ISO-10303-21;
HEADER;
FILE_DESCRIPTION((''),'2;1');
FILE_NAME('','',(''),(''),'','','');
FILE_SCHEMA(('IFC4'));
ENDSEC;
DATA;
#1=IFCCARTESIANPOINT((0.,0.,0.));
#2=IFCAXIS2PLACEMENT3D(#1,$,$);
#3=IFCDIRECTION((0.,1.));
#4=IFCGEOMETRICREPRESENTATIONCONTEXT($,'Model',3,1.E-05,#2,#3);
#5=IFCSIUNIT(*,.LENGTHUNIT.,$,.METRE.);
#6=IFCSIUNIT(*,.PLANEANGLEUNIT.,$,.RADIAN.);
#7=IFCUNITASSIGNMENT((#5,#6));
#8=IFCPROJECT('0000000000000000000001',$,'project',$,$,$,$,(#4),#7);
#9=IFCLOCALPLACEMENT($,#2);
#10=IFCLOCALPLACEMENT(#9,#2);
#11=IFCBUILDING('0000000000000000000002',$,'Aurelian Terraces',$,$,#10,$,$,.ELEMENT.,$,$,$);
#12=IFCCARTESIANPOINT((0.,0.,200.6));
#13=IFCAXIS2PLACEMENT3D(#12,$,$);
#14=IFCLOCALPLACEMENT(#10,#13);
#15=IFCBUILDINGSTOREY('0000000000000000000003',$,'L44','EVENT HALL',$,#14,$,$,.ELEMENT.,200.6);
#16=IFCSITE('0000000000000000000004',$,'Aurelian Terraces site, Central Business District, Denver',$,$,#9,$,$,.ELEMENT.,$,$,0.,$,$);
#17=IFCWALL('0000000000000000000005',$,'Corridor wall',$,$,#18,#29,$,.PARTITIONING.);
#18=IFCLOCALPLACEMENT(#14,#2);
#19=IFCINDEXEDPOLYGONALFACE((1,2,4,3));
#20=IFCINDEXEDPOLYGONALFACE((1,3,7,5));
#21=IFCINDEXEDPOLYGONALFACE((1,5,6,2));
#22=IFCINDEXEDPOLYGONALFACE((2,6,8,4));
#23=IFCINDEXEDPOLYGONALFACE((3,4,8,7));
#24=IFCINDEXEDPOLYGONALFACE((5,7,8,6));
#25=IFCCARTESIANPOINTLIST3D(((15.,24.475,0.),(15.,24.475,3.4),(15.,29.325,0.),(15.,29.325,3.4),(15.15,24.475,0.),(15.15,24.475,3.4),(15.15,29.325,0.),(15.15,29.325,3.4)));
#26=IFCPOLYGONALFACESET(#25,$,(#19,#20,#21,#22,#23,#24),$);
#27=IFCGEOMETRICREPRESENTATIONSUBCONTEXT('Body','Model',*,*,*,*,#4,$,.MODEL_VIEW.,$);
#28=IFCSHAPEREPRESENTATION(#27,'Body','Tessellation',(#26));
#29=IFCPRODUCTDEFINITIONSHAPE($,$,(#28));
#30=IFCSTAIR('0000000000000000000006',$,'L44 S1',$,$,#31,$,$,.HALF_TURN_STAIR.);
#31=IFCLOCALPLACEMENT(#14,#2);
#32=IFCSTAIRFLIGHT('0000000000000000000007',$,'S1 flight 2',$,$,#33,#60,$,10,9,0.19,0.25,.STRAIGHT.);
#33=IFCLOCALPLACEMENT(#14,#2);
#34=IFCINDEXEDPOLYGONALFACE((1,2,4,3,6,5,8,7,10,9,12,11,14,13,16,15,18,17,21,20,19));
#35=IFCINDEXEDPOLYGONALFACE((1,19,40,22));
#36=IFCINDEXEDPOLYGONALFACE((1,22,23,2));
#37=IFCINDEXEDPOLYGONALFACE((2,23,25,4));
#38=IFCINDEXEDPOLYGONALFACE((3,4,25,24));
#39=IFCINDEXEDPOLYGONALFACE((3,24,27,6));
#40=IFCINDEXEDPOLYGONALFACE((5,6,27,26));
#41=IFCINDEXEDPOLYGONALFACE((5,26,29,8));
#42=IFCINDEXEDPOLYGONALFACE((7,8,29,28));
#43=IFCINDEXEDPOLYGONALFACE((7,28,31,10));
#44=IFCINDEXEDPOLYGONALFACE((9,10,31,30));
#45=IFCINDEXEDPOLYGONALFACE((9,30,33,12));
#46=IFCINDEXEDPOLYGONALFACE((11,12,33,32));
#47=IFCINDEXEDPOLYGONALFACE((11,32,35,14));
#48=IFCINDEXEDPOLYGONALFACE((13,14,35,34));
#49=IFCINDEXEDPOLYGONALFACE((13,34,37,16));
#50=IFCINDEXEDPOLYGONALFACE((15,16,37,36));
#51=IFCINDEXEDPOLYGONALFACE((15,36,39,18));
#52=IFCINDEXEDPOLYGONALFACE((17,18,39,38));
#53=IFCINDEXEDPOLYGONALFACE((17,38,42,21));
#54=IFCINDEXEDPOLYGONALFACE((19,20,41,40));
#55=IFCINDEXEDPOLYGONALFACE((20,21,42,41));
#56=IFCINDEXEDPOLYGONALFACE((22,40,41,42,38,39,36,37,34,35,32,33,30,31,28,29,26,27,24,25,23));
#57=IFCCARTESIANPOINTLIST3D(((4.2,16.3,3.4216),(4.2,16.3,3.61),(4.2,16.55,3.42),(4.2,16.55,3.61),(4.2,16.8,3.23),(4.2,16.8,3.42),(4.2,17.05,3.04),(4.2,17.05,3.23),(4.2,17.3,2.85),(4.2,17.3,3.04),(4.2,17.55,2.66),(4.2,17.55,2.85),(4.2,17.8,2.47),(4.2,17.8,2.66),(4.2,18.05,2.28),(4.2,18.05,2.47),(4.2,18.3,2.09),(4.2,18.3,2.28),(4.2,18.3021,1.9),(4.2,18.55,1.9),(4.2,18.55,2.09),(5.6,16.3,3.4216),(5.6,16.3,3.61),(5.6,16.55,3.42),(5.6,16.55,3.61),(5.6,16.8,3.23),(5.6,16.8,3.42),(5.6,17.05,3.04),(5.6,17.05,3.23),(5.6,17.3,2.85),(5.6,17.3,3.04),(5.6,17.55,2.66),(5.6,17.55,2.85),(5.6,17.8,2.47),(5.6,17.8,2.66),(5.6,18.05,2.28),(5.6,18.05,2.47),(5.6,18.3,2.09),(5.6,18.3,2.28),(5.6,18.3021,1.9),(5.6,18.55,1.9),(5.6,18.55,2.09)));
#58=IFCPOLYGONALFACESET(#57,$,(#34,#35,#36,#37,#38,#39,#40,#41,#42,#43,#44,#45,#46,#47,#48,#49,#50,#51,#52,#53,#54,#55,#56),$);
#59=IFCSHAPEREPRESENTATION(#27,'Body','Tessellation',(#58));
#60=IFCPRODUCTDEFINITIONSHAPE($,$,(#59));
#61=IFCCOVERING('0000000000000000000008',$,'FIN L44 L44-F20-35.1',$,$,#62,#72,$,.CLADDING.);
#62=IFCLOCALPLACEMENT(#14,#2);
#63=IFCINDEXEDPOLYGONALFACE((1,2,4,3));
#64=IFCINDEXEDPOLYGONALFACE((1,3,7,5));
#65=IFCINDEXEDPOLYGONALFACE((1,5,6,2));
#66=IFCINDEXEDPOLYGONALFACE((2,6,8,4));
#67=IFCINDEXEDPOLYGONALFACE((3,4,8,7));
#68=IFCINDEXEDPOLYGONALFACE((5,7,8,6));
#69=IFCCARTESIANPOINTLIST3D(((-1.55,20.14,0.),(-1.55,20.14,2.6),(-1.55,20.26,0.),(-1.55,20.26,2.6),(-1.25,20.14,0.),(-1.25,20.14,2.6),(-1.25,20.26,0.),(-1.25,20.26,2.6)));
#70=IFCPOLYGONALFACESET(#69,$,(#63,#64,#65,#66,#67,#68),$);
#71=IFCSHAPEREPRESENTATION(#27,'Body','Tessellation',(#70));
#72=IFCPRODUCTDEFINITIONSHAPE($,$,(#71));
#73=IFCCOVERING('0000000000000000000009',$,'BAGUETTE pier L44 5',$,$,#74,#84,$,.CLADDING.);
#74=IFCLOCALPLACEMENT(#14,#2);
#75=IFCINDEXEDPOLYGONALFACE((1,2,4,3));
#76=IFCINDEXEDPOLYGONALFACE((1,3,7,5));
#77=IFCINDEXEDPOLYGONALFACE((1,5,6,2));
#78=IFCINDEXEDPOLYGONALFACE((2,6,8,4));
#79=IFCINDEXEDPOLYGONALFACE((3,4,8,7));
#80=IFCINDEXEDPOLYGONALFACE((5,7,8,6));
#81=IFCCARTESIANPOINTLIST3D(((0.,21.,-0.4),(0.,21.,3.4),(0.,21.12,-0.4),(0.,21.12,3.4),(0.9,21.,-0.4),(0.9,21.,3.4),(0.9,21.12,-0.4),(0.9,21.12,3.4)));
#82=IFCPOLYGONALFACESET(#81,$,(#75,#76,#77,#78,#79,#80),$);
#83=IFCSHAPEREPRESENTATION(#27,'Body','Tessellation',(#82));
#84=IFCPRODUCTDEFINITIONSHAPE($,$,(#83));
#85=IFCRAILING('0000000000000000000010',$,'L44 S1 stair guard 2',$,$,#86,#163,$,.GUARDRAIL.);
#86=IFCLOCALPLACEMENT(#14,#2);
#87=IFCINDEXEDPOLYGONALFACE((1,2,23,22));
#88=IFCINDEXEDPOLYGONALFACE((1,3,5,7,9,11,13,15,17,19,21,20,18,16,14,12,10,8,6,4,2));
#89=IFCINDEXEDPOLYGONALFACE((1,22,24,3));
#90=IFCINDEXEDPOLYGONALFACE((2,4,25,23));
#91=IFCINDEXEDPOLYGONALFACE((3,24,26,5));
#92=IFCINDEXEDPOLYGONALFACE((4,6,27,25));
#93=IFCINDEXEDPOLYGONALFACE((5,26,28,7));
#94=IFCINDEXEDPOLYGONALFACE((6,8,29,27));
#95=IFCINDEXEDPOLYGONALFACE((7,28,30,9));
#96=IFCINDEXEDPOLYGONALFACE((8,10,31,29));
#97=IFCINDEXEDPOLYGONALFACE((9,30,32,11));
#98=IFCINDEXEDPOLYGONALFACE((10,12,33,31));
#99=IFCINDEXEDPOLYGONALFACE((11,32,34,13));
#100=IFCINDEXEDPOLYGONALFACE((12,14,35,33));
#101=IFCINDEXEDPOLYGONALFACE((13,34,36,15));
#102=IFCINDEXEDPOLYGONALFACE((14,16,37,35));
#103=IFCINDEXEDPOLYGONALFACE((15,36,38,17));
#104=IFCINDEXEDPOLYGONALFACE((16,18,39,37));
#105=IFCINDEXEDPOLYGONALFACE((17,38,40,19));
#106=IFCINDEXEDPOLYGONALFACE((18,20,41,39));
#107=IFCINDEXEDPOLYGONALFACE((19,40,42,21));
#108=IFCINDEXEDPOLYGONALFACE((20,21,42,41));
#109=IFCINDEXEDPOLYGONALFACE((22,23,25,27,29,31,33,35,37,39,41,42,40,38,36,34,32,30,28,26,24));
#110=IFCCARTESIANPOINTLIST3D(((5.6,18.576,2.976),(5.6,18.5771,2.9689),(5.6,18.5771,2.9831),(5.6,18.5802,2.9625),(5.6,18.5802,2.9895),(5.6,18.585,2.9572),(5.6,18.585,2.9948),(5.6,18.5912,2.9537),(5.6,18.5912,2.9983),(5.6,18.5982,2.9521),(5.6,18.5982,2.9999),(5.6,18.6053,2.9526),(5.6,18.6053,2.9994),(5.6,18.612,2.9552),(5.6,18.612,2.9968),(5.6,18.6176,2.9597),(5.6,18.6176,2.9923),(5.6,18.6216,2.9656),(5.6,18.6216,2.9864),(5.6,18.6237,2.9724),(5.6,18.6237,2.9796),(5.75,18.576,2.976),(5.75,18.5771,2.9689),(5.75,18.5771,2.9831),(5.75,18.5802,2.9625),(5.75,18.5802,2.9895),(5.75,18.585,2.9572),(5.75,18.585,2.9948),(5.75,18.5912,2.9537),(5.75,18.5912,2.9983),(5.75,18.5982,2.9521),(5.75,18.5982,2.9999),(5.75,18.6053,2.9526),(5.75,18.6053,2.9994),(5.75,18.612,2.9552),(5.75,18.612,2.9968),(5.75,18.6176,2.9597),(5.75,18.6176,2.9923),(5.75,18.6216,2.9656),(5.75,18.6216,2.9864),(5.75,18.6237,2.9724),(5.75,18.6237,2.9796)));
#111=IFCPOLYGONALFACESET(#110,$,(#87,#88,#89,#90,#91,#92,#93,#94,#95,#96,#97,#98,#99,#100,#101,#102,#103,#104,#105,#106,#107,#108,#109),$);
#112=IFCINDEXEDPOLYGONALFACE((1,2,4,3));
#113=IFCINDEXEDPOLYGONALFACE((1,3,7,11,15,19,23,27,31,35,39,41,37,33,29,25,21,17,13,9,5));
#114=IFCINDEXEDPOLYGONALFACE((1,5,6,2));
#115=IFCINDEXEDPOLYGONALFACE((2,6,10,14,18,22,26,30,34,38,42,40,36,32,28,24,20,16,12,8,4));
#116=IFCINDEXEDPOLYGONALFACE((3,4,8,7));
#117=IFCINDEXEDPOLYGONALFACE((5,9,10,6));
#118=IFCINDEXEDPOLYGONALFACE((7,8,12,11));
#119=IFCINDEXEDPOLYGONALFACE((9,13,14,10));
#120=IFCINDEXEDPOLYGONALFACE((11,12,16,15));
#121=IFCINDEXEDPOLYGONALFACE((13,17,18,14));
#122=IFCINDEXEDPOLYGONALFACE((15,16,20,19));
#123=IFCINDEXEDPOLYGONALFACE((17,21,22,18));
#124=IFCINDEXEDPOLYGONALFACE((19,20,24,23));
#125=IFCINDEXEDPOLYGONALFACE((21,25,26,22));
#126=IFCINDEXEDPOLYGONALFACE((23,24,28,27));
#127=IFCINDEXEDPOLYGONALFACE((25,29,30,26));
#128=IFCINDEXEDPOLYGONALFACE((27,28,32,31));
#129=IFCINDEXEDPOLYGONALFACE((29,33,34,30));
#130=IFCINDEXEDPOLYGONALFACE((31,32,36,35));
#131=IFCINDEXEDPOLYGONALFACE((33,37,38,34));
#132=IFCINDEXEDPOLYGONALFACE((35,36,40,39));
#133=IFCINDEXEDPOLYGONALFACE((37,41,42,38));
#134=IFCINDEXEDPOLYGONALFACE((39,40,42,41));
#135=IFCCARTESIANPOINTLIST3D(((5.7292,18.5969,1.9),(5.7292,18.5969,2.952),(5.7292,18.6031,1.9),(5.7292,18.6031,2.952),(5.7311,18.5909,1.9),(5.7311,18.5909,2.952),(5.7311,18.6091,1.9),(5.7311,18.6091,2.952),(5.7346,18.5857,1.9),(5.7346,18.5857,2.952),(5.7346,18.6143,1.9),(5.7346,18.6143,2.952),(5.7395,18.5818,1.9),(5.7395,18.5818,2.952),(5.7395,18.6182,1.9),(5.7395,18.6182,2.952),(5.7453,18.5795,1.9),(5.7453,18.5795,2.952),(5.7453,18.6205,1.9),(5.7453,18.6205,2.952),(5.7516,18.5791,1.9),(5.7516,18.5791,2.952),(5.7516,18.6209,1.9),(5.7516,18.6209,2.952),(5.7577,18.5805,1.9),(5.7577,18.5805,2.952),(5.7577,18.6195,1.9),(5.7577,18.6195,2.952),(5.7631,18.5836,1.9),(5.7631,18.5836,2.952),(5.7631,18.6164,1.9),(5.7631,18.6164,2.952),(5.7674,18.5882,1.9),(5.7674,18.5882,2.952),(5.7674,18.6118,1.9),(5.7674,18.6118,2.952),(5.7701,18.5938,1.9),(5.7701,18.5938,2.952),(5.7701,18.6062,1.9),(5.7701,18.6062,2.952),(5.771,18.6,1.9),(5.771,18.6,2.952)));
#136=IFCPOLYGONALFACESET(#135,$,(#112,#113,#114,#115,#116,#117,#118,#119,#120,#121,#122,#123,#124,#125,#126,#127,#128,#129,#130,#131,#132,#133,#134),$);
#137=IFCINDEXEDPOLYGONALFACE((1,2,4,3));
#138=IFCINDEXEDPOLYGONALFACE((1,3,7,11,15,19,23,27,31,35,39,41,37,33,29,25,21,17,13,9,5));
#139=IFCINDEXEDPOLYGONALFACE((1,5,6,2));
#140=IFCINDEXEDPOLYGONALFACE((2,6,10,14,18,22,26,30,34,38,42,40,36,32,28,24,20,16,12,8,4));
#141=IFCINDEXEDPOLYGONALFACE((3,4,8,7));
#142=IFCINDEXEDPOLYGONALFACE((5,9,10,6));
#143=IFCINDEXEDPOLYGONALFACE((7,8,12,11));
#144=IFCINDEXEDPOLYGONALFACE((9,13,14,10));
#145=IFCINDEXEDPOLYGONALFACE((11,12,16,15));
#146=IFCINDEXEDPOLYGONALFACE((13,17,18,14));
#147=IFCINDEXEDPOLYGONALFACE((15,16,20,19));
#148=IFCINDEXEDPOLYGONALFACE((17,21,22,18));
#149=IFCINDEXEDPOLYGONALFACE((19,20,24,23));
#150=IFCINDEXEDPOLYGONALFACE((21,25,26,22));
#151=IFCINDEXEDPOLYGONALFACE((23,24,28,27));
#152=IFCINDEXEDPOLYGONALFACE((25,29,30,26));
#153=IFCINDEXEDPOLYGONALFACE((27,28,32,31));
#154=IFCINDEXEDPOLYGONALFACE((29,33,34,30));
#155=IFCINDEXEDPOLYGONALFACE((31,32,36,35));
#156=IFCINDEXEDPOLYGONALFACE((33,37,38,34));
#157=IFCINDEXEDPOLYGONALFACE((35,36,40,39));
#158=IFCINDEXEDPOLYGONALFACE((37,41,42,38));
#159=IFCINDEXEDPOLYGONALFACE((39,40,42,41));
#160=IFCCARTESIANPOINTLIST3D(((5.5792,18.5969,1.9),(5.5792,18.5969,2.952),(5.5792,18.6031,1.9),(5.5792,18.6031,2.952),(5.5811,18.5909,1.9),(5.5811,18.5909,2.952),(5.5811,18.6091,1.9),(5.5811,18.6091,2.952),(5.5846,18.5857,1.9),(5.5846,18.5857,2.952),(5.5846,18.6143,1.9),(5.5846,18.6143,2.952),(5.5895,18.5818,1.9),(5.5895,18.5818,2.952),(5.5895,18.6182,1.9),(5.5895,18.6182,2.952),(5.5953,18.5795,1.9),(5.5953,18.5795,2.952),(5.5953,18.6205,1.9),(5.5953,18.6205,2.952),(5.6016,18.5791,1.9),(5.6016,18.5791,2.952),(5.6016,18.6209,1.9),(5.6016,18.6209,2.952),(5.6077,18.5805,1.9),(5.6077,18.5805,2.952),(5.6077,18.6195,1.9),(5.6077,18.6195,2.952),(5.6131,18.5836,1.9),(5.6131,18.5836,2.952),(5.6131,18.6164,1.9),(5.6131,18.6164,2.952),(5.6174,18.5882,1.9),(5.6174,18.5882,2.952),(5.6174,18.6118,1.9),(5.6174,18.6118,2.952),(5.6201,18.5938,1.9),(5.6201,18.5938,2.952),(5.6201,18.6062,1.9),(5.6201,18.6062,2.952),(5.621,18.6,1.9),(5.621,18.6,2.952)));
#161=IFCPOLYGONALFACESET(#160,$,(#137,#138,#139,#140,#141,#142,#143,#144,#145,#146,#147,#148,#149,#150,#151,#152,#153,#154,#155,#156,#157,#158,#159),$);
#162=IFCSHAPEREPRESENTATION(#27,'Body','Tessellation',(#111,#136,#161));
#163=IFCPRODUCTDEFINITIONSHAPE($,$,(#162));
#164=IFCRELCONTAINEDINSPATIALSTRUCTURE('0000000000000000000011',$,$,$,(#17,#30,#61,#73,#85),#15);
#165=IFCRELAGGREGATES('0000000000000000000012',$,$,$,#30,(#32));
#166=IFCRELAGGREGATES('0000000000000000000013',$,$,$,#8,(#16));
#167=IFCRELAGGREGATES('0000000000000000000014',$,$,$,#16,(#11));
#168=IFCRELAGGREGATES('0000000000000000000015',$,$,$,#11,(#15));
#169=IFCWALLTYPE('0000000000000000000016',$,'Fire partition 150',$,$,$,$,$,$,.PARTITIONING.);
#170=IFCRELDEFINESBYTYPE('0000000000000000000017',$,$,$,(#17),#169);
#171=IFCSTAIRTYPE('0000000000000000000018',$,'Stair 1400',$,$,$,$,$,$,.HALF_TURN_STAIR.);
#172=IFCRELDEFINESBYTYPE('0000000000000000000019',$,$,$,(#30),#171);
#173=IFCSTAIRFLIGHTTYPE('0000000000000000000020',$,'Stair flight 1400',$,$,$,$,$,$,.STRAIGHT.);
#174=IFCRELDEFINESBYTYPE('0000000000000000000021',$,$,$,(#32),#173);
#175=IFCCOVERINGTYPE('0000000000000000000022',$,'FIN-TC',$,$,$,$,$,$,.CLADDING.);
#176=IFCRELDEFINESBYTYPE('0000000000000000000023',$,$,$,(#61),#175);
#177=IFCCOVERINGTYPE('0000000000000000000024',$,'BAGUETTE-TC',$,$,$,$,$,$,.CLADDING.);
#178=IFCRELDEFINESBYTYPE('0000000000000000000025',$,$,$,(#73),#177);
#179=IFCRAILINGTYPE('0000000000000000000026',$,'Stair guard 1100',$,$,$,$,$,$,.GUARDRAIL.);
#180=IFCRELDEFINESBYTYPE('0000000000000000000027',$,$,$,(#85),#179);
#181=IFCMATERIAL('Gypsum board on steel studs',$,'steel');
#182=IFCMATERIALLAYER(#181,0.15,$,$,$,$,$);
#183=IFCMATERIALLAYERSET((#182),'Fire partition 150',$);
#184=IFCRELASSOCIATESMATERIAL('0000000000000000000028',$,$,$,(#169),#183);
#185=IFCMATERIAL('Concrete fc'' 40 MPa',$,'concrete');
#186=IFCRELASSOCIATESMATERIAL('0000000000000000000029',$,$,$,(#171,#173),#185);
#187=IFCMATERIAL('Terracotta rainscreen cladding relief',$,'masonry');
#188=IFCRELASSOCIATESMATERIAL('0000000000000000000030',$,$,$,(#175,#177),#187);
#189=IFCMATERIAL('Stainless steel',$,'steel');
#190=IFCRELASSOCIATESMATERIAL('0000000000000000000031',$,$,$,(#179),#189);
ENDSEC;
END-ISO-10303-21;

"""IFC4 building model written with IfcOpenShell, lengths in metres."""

from ifc_helpers import new_model, si_unit, direction, frame, frame_2d, origin, origin_2d, place, context, subcontext, project, spatial, polyline, rectangle, circle, outline, extrude, source, transform, mapped, material, layer, layer_set, type_object, element, aggregate, save


model = new_model("IFC4")

# Units and contexts
model_context = context("Model", 3, precision=1e-05, world=origin(), true_north=direction((0.0, 1.0)))
body_context = subcontext(model_context, "Body", "Model", "MODEL_VIEW")
ifc_project = project(units=[si_unit("LENGTHUNIT", "METRE"), si_unit("PLANEANGLEUNIT", "RADIAN")], contexts=[model_context])

# Site, building, storey
site_placement = place(None, origin())
site = spatial("IfcSite", under=ifc_project, at=site_placement, Name="Aurelian Terraces site, Central Business District, Denver", CompositionType="ELEMENT", RefElevation=0.0)
building_placement = place(site_placement, origin())
building = spatial("IfcBuilding", under=site, at=building_placement, Name="Aurelian Terraces", CompositionType="ELEMENT")
storey_placement = place(building_placement, frame((0.0, 0.0, 200.6)))
storey = spatial("IfcBuildingStorey", under=building, at=storey_placement, Name="L44", Description="EVENT HALL", CompositionType="ELEMENT", Elevation=200.6)

# Shared definitions
ifc_material_1 = material(Name="Gypsum board on steel studs", Category="steel")

# Wall
shared_shape_1 = source(origin(), body_context, "Body", "SweptSolid", [
    extrude(rectangle(XDim=4.85, YDim=0.15, at=frame_2d((2.425, 0.0))), origin(), (0.0, 0.0, 1.0), 3.4),
])
ifc_layer_1 = layer(ifc_material_1, 0.15)
ifc_layer_set_1 = layer_set([ifc_layer_1], Name="Fire partition 150")
wall_type_1 = type_object("IfcWallType", Name="Fire partition 150", PredefinedType="PARTITIONING", material=ifc_layer_set_1)
wall_1_placement = place(storey_placement, frame((15.075, 24.475, 0.0), z_axis=(0.0, 0.0, 1.0), x_axis=(0.0, 1.0, 0.0)))
element("IfcWall", 1, at=wall_1_placement, inside=storey, type_object=wall_type_1, Name="Corridor wall", PredefinedType="PARTITIONING", context=body_context, shape_type="MappedRepresentation", body=[
    mapped(shared_shape_1, transform((0.0, 0.0, 0.0), scale=1.0)),
])

# Stair, stair flight
ifc_material_2 = material(Name="Concrete fc' 40 MPa", Category="concrete")
stair_type = type_object("IfcStairType", Name="Stair 1400", PredefinedType="HALF_TURN_STAIR", material=ifc_material_2)
stair_placement = place(storey_placement, origin())
stair = element("IfcStair", 2, at=stair_placement, inside=storey, type_object=stair_type, Name="L44 S1", PredefinedType="HALF_TURN_STAIR")
stair_flight_type = type_object("IfcStairFlightType", Name="Stair flight 1400", PredefinedType="STRAIGHT", material=ifc_material_2)
shared_shape_2 = source(origin(), body_context, "Body", "SweptSolid", [
    extrude(outline(polyline([(0.0, 0.0), (0.0, 0.19), (0.25, 0.19), (0.25, 0.38), (0.5, 0.38), (0.5, 0.57), (0.75, 0.57), (0.75, 0.76), (1.0, 0.76), (1.0, 0.95), (1.25, 0.95), (1.25, 1.14), (1.5, 1.14), (1.5, 1.33), (1.75, 1.33), (1.75, 1.52), (2.0, 1.52), (2.0, 1.71), (2.25, 1.71), (2.25, 1.9), (2.25, 1.5216), (0.2479, 0.0), (0.0, 0.0)])), frame((0.0, 0.7, 0.0), z_axis=(0.0, -1.0, 0.0), x_axis=(1.0, 0.0, 0.0)), (0.0, 0.0, 1.0), 1.4),
])
stair_flight_placement = place(storey_placement, frame((4.9, 18.55, 1.9), z_axis=(0.0, 0.0, 1.0), x_axis=(0.0, -1.0, 0.0)))
stair_flight = element("IfcStairFlight", 3, at=stair_flight_placement, type_object=stair_flight_type, Name="S1 flight 2", NumberOfRisers=10, NumberOfTreads=9, PredefinedType="STRAIGHT", RiserHeight=0.19, TreadLength=0.25, context=body_context, shape_type="MappedRepresentation", body=[
    mapped(shared_shape_2, transform((0.0, 0.0, 0.0), scale=1.0)),
])
aggregate(stair, [stair_flight])

# Coverings
ifc_material_3 = material(Name="Terracotta rainscreen cladding relief", Category="masonry")
covering_type_1 = type_object("IfcCoveringType", Name="FIN-TC", PredefinedType="CLADDING", material=ifc_material_3)
shared_shape_3 = source(origin(), body_context, "Body", "SweptSolid", [
    extrude(rectangle(XDim=0.3, YDim=0.12, at=origin_2d()), origin(), (0.0, 0.0, 1.0), 2.6),
])
covering_1_placement = place(storey_placement, frame((-1.4, 20.2, 0.0), z_axis=(0.0, 0.0, 1.0), x_axis=(1.0, 0.0, 0.0)))
element("IfcCovering", 4, at=covering_1_placement, inside=storey, type_object=covering_type_1, Name="FIN L44 L44-F20-35.1", PredefinedType="CLADDING", context=body_context, shape_type="MappedRepresentation", body=[
    mapped(shared_shape_3, transform((0.0, 0.0, 0.0), scale=1.0)),
])
covering_type_2 = type_object("IfcCoveringType", Name="BAGUETTE-TC", PredefinedType="CLADDING", material=ifc_material_3)
shared_shape_4 = source(origin(), body_context, "Body", "SweptSolid", [
    extrude(rectangle(XDim=0.9, YDim=0.12, at=origin_2d()), origin(), (0.0, 0.0, 1.0), 3.8),
])
covering_2_placement = place(storey_placement, frame((0.45, 21.06, -0.4), z_axis=(0.0, 0.0, 1.0), x_axis=(1.0, 0.0, 0.0)))
element("IfcCovering", 5, at=covering_2_placement, inside=storey, type_object=covering_type_2, Name="BAGUETTE pier L44 5", PredefinedType="CLADDING", context=body_context, shape_type="MappedRepresentation", body=[
    mapped(shared_shape_4, transform((0.0, 0.0, 0.0), scale=1.0)),
])

# Railing
ifc_material_4 = material(Name="Stainless steel", Category="steel")
railing_type_1 = type_object("IfcRailingType", Name="Stair guard 1100", PredefinedType="GUARDRAIL", material=ifc_material_4)
shared_shape_5 = source(origin(), body_context, "Body", "SweptSolid", [
    extrude(circle(Radius=0.024, at=origin_2d()), frame((0.0, 0.0, 1.076), z_axis=(-1.0, 0.0, 0.0), x_axis=(0.0, -1.0, 0.0)), (0.0, 0.0, 1.0), 0.15),
    extrude(circle(Radius=0.021, at=origin_2d()), origin(), (0.0, 0.0, 1.0), 1.052),
    extrude(circle(Radius=0.021, at=origin_2d()), frame((-0.15, 0.0, 0.0)), (0.0, 0.0, 1.0), 1.052),
])
railing_1_placement = place(storey_placement, frame((5.75, 18.6, 1.9)))
element("IfcRailing", 6, at=railing_1_placement, inside=storey, type_object=railing_type_1, Name="L44 S1 stair guard 2", PredefinedType="GUARDRAIL", context=body_context, shape_type="MappedRepresentation", body=[
    mapped(shared_shape_5, transform((0.0, 0.0, 0.0), scale=1.0)),
])

save(model, "model.ifc")
